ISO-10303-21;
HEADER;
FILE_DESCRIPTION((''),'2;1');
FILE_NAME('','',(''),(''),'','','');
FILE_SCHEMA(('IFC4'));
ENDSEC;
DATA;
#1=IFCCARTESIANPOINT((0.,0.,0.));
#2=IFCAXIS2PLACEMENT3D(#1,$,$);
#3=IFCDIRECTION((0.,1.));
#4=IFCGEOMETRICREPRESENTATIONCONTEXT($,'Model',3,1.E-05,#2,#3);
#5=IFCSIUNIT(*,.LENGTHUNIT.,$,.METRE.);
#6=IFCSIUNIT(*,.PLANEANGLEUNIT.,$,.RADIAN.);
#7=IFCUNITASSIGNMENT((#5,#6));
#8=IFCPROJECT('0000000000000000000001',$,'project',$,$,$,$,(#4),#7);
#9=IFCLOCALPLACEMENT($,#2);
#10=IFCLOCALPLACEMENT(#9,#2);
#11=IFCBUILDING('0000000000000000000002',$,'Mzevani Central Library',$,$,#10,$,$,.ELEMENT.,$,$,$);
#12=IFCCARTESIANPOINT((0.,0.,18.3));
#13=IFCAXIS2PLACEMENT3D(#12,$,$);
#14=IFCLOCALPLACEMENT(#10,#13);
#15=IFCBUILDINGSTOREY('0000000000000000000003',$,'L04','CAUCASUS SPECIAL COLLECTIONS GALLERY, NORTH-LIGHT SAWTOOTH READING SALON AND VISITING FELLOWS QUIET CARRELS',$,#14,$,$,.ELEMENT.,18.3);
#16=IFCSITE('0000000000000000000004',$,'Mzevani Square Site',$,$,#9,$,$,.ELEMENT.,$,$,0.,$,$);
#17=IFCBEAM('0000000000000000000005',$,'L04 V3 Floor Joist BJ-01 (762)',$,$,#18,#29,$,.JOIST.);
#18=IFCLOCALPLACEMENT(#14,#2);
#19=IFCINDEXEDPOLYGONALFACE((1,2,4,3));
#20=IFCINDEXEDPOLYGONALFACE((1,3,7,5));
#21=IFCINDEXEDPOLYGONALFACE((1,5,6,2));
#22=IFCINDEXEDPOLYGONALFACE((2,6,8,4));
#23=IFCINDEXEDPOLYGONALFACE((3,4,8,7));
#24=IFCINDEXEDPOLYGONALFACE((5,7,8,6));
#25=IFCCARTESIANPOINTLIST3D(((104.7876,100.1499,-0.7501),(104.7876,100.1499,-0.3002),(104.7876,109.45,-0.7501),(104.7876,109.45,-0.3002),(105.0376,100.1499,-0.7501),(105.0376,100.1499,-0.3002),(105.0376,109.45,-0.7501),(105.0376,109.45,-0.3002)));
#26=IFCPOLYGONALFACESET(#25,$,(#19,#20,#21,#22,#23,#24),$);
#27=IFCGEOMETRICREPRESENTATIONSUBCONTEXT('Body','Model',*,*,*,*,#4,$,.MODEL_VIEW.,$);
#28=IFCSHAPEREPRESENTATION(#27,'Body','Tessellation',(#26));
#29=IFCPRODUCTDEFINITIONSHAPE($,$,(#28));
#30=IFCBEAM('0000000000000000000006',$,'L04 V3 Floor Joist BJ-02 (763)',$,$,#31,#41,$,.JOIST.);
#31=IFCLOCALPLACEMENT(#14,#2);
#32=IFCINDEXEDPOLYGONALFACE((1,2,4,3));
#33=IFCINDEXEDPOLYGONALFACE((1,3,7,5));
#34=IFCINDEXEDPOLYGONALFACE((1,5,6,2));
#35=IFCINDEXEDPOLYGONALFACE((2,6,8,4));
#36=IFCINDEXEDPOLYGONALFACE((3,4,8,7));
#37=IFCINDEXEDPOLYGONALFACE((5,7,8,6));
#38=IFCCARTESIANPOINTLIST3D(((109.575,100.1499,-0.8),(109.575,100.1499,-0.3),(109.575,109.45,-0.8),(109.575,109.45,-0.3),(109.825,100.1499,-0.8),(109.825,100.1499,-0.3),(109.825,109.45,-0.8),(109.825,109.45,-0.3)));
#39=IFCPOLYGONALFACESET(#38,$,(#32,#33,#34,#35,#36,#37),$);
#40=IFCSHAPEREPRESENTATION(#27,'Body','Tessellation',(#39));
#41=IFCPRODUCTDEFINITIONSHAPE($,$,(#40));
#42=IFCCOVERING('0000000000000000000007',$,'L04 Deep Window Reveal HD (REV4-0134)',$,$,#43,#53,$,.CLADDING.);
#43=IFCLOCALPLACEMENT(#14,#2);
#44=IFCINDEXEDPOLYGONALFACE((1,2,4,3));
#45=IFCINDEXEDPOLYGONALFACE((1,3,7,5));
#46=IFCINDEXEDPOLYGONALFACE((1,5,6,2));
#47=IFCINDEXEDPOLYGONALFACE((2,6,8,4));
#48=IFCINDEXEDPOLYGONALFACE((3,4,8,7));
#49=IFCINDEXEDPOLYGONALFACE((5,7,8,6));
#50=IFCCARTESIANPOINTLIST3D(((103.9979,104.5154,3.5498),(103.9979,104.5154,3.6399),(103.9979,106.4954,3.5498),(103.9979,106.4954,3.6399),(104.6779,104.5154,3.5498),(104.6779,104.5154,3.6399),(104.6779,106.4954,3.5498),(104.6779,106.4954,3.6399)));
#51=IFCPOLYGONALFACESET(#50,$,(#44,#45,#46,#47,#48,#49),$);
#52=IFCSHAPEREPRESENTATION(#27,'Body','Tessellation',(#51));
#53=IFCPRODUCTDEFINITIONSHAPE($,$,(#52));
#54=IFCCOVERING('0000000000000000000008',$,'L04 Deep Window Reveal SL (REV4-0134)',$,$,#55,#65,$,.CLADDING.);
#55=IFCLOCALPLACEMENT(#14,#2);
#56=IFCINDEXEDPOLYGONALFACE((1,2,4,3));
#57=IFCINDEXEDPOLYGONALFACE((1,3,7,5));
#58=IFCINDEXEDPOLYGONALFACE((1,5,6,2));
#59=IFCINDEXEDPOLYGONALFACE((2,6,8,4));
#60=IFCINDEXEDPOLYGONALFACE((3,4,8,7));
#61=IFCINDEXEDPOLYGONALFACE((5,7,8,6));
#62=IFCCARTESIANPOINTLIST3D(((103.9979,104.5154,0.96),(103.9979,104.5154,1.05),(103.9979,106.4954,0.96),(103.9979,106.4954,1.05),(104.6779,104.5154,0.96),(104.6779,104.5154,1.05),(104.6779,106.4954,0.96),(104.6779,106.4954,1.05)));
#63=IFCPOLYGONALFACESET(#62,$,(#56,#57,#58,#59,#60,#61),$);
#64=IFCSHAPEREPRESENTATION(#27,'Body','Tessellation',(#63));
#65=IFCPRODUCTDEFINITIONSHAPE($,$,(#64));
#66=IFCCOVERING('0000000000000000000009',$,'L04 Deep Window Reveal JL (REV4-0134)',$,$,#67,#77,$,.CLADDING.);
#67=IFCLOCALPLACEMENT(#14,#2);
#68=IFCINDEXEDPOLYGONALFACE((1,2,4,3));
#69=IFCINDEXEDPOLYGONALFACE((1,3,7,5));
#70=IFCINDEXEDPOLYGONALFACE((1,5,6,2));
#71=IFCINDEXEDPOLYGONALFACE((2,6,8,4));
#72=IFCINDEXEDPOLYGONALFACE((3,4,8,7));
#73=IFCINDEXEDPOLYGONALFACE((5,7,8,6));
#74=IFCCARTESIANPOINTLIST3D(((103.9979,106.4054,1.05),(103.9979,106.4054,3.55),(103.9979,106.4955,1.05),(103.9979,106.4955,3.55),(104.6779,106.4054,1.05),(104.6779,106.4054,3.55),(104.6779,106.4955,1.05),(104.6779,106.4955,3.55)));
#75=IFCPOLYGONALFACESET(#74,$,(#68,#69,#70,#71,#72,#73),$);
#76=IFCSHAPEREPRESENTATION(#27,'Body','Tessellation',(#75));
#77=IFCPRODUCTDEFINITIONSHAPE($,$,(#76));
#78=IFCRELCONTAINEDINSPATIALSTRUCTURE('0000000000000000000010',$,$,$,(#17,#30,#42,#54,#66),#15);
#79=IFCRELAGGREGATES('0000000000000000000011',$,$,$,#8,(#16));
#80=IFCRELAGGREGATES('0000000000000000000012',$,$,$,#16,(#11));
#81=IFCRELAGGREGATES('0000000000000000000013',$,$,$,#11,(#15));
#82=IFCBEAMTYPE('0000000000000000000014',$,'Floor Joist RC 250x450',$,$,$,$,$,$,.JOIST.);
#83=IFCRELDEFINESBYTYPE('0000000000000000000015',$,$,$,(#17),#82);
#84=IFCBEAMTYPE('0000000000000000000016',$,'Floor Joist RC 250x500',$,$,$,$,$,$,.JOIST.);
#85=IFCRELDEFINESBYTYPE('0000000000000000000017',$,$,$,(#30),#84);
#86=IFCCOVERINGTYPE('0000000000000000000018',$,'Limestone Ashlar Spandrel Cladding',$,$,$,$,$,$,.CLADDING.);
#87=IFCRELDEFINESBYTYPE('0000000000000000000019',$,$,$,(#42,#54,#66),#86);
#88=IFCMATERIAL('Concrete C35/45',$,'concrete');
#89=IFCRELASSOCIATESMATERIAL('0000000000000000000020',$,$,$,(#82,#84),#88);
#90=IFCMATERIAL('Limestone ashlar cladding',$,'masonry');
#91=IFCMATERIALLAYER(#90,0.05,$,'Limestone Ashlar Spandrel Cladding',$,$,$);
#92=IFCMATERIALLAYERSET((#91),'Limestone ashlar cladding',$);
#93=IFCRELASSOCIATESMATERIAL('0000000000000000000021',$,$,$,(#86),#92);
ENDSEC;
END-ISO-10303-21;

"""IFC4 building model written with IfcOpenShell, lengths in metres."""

from ifc_helpers import new_model, si_unit, direction, frame, origin, origin_2d, place, context, subcontext, project, spatial, rectangle, extrude, material, layer, layer_set, material_profile, profile_set, type_object, element, save


model = new_model("IFC4")

# Units and contexts
model_context = context("Model", 3, precision=1e-05, world=origin(), true_north=direction((0.0, 1.0)))
body_context = subcontext(model_context, "Body", "Model", "MODEL_VIEW")
ifc_project = project(units=[si_unit("LENGTHUNIT", "METRE"), si_unit("PLANEANGLEUNIT", "RADIAN")], contexts=[model_context])

# Site, building, storey
site_placement = place(None, origin())
site = spatial("IfcSite", under=ifc_project, at=site_placement, Name="Mzevani Square Site", CompositionType="ELEMENT", RefElevation=0.0)
building_placement = place(site_placement, origin())
building = spatial("IfcBuilding", under=site, at=building_placement, Name="Mzevani Central Library", CompositionType="ELEMENT")
storey_placement = place(building_placement, frame((0.0, 0.0, 18.3)))
storey = spatial("IfcBuildingStorey", under=building, at=storey_placement, Name="L04", Description="CAUCASUS SPECIAL COLLECTIONS GALLERY, NORTH-LIGHT SAWTOOTH READING SALON AND VISITING FELLOWS QUIET CARRELS", CompositionType="ELEMENT", Elevation=18.3)

# Beams
ifc_material_1 = material(Name="Concrete C35/45", Category="concrete")
ifc_material_profile_1 = material_profile(ifc_material_1, rectangle(XDim=0.25, YDim=0.45, at=origin_2d()), Name="RC J250x450")
ifc_profile_set_1 = profile_set([ifc_material_profile_1], Name="Concrete C35/45")
beam_type_1 = type_object("IfcBeamType", Name="Floor Joist RC 250x450", PredefinedType="JOIST", material=ifc_profile_set_1)
beam_1_placement = place(storey_placement, frame((104.9126, 100.1499, -0.5251), z_axis=(0.0, 1.0, 0.0), x_axis=(-1.0, 0.0, 0.0)))
element("IfcBeam", 1, at=beam_1_placement, inside=storey, type_object=beam_type_1, Name="L04 V3 Floor Joist BJ-01 (762)", PredefinedType="JOIST", context=body_context, shape_type="SweptSolid", body=[
    extrude(rectangle(XDim=0.25, YDim=0.45, at=origin_2d()), origin(), (0.0, 0.0, 1.0), 9.3),
])
ifc_material_profile_2 = material_profile(ifc_material_1, rectangle(XDim=0.25, YDim=0.5, at=origin_2d()), Name="RC J250x500")
ifc_profile_set_2 = profile_set([ifc_material_profile_2], Name="Concrete C35/45")
beam_type_2 = type_object("IfcBeamType", Name="Floor Joist RC 250x500", PredefinedType="JOIST", material=ifc_profile_set_2)
beam_2_placement = place(storey_placement, frame((109.7, 100.1499, -0.55), z_axis=(0.0, 1.0, 0.0), x_axis=(-1.0, 0.0, 0.0)))
element("IfcBeam", 2, at=beam_2_placement, inside=storey, type_object=beam_type_2, Name="L04 V3 Floor Joist BJ-02 (763)", PredefinedType="JOIST", context=body_context, shape_type="SweptSolid", body=[
    extrude(rectangle(XDim=0.25, YDim=0.5, at=origin_2d()), origin(), (0.0, 0.0, 1.0), 9.3),
])

# Coverings
ifc_material_2 = material(Name="Limestone ashlar cladding", Category="masonry")
ifc_layer = layer(ifc_material_2, 0.05, Name="Limestone Ashlar Spandrel Cladding")
ifc_layer_set = layer_set([ifc_layer], Name="Limestone ashlar cladding")
covering_type = type_object("IfcCoveringType", Name="Limestone Ashlar Spandrel Cladding", PredefinedType="CLADDING", material=ifc_layer_set)
for number, where, z_axis, x_axis, name in (
    (3, (104.3379, 105.5054, 3.5498), (0.0, 0.0, 1.0), (0.0, -1.0, 0.0), "L04 Deep Window Reveal HD (REV4-0134)"),
    (4, (104.3379, 105.5054, 0.96), (0.0, 0.0, 1.0), (0.0, -1.0, 0.0), "L04 Deep Window Reveal SL (REV4-0134)"),
):
    element("IfcCovering", number, at=place(storey_placement, frame(where, z_axis=z_axis, x_axis=x_axis)), inside=storey, type_object=covering_type, Name=name, PredefinedType="CLADDING", context=body_context, shape_type="SweptSolid", body=[
        extrude(rectangle(XDim=1.98, YDim=0.6799, at=origin_2d()), origin(), (0.0, 0.0, 1.0), 0.0901),
    ])
covering_placement = place(storey_placement, frame((104.3379, 106.4504, 1.05), z_axis=(0.0, 0.0, 1.0), x_axis=(0.0, -1.0, 0.0)))
element("IfcCovering", 5, at=covering_placement, inside=storey, type_object=covering_type, Name="L04 Deep Window Reveal JL (REV4-0134)", PredefinedType="CLADDING", context=body_context, shape_type="SweptSolid", body=[
    extrude(rectangle(XDim=0.0901, YDim=0.6799, at=origin_2d()), origin(), (0.0, 0.0, 1.0), 2.5),
])

save(model, "model.ifc")
